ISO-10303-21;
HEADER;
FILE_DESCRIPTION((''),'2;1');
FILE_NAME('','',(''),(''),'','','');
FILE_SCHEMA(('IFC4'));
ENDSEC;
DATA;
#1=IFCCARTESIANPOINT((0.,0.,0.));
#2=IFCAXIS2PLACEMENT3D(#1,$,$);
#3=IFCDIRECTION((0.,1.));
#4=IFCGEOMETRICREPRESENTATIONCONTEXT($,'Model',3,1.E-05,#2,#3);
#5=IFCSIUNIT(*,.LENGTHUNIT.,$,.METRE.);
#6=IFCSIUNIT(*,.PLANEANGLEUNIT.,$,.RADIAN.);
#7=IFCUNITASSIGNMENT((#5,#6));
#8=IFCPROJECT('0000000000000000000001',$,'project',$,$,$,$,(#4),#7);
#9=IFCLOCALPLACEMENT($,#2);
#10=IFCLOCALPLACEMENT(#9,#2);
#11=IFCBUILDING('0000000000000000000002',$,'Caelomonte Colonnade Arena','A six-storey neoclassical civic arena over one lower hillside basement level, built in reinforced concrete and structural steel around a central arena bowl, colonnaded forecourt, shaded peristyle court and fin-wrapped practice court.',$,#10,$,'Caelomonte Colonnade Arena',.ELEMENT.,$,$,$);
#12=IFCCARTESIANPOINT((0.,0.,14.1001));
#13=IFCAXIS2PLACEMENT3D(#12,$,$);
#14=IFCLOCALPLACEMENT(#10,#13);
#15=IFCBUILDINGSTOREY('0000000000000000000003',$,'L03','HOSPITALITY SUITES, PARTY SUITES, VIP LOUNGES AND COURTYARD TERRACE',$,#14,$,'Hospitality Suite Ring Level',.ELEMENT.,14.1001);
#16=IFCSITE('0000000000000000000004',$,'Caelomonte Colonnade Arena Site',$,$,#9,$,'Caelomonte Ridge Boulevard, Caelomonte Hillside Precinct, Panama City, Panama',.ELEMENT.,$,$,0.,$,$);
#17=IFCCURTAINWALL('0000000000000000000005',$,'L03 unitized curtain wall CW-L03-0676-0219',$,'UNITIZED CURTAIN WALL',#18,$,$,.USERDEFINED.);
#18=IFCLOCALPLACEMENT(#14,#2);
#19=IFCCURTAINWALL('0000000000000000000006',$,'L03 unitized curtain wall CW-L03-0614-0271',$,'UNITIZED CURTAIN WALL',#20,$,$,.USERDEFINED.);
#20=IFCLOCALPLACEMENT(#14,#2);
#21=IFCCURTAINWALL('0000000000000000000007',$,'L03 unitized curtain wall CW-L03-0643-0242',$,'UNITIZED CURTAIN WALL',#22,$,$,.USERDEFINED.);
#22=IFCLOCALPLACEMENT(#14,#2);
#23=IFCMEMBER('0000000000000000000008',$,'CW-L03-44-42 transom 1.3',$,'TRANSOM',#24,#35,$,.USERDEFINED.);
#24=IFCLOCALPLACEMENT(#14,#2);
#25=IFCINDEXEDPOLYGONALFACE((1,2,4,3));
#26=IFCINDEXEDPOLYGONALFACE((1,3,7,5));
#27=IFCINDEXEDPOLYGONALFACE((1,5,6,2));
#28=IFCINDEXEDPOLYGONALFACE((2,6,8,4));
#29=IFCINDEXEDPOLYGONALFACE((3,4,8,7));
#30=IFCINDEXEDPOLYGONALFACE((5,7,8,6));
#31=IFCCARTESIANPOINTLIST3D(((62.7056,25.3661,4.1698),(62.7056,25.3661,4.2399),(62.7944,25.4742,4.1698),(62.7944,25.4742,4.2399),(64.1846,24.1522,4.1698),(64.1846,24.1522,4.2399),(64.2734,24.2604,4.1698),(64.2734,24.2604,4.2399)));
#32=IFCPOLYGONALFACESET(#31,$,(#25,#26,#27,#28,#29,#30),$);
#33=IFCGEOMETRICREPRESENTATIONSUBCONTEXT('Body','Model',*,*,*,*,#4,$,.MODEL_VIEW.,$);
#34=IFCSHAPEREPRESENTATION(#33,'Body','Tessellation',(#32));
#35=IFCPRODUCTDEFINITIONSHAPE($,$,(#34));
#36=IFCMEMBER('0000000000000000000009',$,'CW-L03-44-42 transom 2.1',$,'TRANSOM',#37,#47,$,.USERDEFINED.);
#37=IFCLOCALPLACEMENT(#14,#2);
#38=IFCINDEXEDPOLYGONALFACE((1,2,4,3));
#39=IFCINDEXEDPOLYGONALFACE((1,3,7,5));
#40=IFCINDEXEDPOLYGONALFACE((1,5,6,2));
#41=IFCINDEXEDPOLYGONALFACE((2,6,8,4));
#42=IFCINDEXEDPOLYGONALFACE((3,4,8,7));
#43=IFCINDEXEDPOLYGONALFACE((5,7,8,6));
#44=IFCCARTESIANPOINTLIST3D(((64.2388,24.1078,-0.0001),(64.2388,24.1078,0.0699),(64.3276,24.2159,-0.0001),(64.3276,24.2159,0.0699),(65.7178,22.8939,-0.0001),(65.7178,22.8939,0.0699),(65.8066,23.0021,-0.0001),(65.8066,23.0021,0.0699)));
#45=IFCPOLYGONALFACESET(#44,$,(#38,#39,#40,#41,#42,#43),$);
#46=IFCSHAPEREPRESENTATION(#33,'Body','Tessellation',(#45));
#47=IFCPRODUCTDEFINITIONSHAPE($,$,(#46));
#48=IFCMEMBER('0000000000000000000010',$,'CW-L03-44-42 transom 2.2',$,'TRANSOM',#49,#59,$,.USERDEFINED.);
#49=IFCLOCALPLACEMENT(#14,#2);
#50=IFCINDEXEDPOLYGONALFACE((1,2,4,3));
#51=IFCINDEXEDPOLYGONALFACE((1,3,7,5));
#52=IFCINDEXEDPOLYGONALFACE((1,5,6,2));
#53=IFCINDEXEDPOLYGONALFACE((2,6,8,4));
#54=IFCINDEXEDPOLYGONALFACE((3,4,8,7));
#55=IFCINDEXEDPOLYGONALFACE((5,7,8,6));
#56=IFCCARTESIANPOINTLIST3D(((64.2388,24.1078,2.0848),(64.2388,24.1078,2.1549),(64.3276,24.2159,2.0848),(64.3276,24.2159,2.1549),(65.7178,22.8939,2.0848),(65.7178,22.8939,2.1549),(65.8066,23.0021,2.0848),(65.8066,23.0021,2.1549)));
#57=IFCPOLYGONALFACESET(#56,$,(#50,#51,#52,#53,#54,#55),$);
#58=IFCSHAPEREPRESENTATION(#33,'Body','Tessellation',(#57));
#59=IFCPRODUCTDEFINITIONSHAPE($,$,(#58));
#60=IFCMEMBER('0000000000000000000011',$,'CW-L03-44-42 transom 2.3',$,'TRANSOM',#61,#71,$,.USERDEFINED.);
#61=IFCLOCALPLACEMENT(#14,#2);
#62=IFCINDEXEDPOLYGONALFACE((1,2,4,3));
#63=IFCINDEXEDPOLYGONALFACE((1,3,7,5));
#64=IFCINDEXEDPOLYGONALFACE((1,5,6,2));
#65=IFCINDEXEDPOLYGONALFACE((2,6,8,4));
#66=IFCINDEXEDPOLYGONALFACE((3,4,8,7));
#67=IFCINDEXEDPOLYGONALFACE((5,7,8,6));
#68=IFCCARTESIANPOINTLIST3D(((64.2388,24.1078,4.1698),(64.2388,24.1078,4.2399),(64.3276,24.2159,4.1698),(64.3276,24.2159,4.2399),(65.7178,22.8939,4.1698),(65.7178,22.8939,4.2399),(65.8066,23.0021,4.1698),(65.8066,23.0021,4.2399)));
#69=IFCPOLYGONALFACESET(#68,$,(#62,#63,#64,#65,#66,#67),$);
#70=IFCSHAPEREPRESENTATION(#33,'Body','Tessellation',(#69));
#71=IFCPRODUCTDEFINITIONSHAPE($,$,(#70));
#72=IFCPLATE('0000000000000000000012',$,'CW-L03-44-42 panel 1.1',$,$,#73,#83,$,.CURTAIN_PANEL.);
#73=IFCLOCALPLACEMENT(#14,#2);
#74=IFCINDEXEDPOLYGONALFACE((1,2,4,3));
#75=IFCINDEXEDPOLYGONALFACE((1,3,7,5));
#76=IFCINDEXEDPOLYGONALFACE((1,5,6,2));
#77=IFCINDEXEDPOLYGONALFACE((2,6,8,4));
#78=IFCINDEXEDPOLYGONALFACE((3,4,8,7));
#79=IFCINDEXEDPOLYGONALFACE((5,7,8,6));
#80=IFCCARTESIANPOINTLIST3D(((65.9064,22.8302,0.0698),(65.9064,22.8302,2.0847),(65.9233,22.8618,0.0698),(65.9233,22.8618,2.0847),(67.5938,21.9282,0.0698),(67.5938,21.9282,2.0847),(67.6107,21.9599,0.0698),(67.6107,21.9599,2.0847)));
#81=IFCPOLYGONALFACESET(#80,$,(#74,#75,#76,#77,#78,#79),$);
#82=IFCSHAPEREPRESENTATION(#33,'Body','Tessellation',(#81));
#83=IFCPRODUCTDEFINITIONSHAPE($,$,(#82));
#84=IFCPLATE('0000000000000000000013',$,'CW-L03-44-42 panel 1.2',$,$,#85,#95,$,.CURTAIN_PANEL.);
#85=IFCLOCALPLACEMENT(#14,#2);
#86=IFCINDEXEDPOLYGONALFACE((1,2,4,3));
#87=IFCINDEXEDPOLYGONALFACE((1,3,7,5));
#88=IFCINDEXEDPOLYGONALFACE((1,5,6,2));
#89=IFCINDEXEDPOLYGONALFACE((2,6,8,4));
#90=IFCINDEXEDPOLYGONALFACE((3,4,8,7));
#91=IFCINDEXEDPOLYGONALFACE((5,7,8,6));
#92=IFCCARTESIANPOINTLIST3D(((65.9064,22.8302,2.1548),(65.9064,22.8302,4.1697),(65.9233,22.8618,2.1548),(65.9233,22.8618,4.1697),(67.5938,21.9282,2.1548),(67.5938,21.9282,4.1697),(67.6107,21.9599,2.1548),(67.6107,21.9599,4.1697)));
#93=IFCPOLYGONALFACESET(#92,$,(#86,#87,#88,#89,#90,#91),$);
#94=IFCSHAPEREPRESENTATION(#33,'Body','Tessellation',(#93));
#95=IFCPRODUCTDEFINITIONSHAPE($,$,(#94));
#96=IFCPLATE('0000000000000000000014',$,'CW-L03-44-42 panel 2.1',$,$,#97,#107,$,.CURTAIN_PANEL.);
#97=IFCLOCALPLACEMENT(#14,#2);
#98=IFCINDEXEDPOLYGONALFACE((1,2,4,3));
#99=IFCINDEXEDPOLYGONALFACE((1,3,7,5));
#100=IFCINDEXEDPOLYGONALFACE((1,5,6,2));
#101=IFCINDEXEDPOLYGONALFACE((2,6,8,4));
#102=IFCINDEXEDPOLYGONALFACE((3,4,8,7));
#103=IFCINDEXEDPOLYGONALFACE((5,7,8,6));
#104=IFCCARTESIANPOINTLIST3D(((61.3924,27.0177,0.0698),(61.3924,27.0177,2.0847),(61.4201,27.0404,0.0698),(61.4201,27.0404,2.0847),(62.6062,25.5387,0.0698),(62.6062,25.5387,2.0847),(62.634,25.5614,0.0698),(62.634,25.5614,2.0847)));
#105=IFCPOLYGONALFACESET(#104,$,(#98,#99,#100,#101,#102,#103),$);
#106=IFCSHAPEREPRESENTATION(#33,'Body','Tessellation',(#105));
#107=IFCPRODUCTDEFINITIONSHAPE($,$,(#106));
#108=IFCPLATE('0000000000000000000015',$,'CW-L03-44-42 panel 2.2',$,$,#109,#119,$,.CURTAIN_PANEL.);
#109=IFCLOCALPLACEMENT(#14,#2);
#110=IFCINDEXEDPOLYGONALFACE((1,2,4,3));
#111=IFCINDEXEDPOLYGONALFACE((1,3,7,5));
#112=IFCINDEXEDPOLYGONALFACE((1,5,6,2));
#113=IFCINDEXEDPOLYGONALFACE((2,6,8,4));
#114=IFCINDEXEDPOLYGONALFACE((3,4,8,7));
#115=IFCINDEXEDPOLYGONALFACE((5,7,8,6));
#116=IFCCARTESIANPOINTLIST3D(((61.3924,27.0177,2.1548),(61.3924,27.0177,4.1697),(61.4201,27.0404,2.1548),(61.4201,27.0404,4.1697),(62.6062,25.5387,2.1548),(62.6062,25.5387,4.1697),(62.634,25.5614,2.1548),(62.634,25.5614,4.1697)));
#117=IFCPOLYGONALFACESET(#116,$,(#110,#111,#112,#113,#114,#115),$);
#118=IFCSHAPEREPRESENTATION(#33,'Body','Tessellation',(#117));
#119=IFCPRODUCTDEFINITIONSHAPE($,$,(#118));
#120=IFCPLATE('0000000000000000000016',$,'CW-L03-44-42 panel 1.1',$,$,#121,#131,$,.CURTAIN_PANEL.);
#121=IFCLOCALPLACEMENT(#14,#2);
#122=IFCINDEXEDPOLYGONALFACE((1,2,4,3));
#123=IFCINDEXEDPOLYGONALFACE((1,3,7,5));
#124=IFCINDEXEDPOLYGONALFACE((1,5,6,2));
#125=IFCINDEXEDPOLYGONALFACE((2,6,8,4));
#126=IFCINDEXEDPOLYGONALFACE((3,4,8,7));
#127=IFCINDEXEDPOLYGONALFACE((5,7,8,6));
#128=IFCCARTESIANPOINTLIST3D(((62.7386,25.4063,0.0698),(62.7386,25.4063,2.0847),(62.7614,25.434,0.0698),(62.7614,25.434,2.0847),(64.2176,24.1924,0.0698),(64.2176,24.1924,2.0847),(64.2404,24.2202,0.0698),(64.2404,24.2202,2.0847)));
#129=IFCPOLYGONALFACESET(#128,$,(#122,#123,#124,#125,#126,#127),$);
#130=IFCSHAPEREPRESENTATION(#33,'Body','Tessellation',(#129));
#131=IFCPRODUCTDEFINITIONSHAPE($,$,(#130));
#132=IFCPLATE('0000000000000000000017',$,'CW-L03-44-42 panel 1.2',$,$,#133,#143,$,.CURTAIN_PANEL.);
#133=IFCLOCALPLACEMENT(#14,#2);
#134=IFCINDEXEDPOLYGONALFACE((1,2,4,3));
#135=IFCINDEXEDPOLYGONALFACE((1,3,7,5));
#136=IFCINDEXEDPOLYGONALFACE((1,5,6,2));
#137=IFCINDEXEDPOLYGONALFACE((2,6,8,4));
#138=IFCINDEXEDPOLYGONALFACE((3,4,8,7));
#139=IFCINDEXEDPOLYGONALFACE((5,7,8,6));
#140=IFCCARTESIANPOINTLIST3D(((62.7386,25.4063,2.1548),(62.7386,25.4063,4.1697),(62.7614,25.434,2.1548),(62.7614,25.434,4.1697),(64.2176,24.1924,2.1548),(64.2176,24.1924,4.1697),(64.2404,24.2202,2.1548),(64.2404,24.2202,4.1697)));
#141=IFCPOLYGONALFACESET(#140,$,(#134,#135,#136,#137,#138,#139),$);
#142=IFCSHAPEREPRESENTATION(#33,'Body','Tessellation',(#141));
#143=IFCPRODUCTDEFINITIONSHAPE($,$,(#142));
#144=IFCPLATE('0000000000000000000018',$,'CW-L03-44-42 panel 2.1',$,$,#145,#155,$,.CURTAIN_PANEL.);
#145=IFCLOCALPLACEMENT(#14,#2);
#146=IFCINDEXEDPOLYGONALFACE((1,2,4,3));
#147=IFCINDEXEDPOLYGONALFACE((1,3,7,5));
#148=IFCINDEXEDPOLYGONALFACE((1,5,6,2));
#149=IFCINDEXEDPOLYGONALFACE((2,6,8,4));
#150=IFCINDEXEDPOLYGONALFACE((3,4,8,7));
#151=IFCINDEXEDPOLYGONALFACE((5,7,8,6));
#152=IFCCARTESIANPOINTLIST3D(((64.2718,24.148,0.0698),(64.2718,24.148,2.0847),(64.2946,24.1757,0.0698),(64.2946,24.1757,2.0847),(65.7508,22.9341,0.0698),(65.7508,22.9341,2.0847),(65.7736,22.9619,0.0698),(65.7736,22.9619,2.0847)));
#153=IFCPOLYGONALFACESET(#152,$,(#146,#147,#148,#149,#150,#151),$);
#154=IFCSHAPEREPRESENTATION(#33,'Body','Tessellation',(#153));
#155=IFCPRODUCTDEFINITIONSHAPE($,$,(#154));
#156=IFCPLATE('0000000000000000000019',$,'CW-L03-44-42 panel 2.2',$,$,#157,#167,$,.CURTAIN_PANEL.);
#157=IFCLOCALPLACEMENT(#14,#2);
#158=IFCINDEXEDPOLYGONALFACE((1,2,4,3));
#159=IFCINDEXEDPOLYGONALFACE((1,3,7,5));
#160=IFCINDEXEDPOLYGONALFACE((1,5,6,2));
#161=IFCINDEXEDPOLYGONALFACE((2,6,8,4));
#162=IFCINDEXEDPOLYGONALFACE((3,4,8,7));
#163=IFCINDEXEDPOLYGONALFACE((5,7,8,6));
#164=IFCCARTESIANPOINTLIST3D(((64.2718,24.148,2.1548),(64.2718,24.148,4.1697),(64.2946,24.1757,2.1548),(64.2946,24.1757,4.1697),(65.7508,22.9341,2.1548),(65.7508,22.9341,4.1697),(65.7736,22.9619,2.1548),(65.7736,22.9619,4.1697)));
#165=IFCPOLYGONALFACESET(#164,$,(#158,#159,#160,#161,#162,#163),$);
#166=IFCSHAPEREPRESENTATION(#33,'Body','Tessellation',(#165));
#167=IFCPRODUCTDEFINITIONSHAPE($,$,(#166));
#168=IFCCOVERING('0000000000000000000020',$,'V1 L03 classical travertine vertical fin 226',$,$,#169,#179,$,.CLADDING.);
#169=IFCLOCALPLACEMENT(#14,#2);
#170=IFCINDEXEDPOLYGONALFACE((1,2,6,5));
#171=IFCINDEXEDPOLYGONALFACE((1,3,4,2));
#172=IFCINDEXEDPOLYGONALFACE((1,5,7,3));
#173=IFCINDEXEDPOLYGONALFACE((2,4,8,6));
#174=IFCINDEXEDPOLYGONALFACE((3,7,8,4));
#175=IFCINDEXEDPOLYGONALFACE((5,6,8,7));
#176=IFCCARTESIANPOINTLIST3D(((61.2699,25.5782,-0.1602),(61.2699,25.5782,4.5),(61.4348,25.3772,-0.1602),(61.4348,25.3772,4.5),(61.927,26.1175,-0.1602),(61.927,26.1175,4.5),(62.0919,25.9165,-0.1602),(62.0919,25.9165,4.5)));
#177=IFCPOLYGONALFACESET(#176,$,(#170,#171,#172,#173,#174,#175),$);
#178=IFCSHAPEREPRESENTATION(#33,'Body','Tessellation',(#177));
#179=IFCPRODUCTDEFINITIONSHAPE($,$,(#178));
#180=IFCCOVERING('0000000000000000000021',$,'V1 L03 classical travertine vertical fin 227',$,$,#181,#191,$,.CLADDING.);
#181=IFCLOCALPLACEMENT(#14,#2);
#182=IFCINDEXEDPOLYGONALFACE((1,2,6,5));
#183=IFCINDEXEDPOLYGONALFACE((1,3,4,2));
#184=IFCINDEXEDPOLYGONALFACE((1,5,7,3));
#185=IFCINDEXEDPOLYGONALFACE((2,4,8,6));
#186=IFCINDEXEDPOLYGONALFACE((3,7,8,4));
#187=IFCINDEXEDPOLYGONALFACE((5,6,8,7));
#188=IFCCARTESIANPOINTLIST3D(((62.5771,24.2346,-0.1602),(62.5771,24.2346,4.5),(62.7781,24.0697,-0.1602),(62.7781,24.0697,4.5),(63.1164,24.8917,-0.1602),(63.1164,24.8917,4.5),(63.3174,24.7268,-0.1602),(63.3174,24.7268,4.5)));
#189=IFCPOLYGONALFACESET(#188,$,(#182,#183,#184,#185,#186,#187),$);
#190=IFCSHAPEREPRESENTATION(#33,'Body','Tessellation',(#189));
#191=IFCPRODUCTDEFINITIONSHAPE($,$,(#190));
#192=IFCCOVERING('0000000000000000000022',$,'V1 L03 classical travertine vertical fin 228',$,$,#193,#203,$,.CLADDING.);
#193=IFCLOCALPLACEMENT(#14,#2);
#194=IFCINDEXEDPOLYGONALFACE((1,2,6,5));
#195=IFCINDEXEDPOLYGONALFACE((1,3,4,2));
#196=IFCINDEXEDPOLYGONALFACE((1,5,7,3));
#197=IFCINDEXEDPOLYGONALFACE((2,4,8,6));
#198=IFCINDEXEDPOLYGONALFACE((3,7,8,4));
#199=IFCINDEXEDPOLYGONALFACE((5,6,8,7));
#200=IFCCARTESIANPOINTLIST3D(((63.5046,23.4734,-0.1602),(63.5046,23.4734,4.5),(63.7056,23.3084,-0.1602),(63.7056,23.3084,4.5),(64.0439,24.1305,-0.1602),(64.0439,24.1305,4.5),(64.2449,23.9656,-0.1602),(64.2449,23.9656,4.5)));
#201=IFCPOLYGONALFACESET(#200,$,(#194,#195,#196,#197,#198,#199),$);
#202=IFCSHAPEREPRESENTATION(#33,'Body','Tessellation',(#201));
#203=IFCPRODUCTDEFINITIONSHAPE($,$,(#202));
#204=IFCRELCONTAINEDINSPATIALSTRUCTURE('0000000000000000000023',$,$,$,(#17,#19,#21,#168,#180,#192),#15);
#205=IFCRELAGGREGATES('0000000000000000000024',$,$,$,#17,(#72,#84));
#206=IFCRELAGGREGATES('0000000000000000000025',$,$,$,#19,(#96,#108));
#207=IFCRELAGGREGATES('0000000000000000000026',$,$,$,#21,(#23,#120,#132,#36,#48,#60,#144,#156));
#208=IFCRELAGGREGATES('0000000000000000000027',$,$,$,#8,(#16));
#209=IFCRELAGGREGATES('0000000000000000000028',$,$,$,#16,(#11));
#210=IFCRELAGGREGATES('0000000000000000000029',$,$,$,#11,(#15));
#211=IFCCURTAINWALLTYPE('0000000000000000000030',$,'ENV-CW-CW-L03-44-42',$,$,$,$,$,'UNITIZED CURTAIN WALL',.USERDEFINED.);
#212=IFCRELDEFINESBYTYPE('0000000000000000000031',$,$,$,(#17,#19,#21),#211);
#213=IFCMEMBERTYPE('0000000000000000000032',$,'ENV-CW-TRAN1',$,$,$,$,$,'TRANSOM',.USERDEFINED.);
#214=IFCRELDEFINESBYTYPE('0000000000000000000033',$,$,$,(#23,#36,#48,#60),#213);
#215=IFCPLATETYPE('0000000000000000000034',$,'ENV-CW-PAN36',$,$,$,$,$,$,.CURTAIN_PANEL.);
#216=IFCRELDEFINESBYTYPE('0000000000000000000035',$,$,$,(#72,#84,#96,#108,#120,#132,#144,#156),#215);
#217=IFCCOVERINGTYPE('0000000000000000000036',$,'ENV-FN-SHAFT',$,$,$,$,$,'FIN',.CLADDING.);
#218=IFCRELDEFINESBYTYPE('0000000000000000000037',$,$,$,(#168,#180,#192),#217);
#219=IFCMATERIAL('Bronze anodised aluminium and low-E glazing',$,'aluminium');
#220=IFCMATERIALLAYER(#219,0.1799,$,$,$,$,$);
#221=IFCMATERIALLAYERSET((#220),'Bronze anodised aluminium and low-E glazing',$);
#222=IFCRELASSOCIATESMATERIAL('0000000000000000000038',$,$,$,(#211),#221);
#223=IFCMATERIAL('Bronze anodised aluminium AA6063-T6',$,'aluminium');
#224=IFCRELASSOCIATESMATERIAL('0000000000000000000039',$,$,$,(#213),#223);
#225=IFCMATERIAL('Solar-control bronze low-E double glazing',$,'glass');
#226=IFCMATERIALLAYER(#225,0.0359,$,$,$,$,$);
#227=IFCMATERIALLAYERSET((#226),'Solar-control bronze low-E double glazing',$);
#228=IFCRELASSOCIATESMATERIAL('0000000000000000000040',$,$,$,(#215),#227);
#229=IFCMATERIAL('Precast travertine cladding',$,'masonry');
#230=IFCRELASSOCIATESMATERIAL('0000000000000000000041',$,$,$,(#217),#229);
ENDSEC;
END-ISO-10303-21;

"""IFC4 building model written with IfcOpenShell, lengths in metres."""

from ifc_helpers import new_model, si_unit, direction, frame, origin, origin_2d, place, context, subcontext, project, spatial, rectangle, extrude, material, layer, layer_set, material_profile, profile_set, type_object, element, aggregate, save


model = new_model("IFC4")

# Units and contexts
model_context = context("Model", 3, precision=1e-05, world=origin(), true_north=direction((0.0, 1.0)))
body_context = subcontext(model_context, "Body", "Model", "MODEL_VIEW")
ifc_project = project(units=[si_unit("LENGTHUNIT", "METRE"), si_unit("PLANEANGLEUNIT", "RADIAN")], contexts=[model_context])

# Site, building, storey
site_placement = place(None, origin())
site = spatial("IfcSite", under=ifc_project, at=site_placement, Name="Caelomonte Colonnade Arena Site", LongName="Caelomonte Ridge Boulevard, Caelomonte Hillside Precinct, Panama City, Panama", CompositionType="ELEMENT", RefElevation=0.0)
building_placement = place(site_placement, origin())
building = spatial("IfcBuilding", under=site, at=building_placement, Name="Caelomonte Colonnade Arena", Description="A six-storey neoclassical civic arena over one lower hillside basement level, built in reinforced concrete and structural steel around a central arena bowl, colonnaded forecourt, shaded peristyle court and fin-wrapped practice court.", LongName="Caelomonte Colonnade Arena", CompositionType="ELEMENT")
storey_placement = place(building_placement, frame((0.0, 0.0, 14.1001)))
storey = spatial("IfcBuildingStorey", under=building, at=storey_placement, Name="L03", Description="HOSPITALITY SUITES, PARTY SUITES, VIP LOUNGES AND COURTYARD TERRACE", LongName="Hospitality Suite Ring Level", CompositionType="ELEMENT", Elevation=14.1001)

# Curtain wall
ifc_material_1 = material(Name="Bronze anodised aluminium and low-E glazing", Category="aluminium")
ifc_layer_1 = layer(ifc_material_1, 0.1799)
ifc_layer_set_1 = layer_set([ifc_layer_1], Name="Bronze anodised aluminium and low-E glazing")
curtain_wall_type = type_object("IfcCurtainWallType", Name="ENV-CW-CW-L03-44-42", ElementType="UNITIZED CURTAIN WALL", PredefinedType="USERDEFINED", material=ifc_layer_set_1)
curtain_wall_1_placement = place(storey_placement, origin())
curtain_wall_1 = element("IfcCurtainWall", 1, at=curtain_wall_1_placement, inside=storey, type_object=curtain_wall_type, Name="L03 unitized curtain wall CW-L03-0676-0219", ObjectType="UNITIZED CURTAIN WALL", PredefinedType="USERDEFINED")
ifc_material_2 = material(Name="Bronze anodised aluminium AA6063-T6", Category="aluminium")

# Curtain wall
curtain_wall_2_placement = place(storey_placement, origin())
curtain_wall_2 = element("IfcCurtainWall", 2, at=curtain_wall_2_placement, inside=storey, type_object=curtain_wall_type, Name="L03 unitized curtain wall CW-L03-0614-0271", ObjectType="UNITIZED CURTAIN WALL", PredefinedType="USERDEFINED")

# Curtain wall
curtain_wall_3_placement = place(storey_placement, origin())
curtain_wall_3 = element("IfcCurtainWall", 3, at=curtain_wall_3_placement, inside=storey, type_object=curtain_wall_type, Name="L03 unitized curtain wall CW-L03-0643-0242", ObjectType="UNITIZED CURTAIN WALL", PredefinedType="USERDEFINED")

# Members
ifc_material_profile_1 = material_profile(ifc_material_2, rectangle(XDim=0.0701, YDim=0.1399, at=origin_2d()), Name="CWT-70X140")
ifc_profile_set_1 = profile_set([ifc_material_profile_1], Name="Bronze anodised aluminium AA6063-T6")
member_type_1 = type_object("IfcMemberType", Name="ENV-CW-TRAN1", ElementType="TRANSOM", PredefinedType="USERDEFINED", material=ifc_profile_set_1)
member_1_placement = place(storey_placement, frame((62.75, 25.4202, 4.2048), z_axis=(0.77299, -0.634418, 0.0), x_axis=(0.0, 0.0, 1.0)))
member_1 = element("IfcMember", 4, at=member_1_placement, type_object=member_type_1, Name="CW-L03-44-42 transom 1.3", ObjectType="TRANSOM", PredefinedType="USERDEFINED", context=body_context, shape_type="SweptSolid", body=[
    extrude(rectangle(XDim=0.0701, YDim=0.1399, at=origin_2d()), origin(), (0.0, 0.0, 1.0), 1.9133),
])
member_2_placement = place(storey_placement, frame((64.2832, 24.1619, 0.0349), z_axis=(0.77299, -0.634418, 0.0), x_axis=(0.0, 0.0, 1.0)))
member_2 = element("IfcMember", 5, at=member_2_placement, type_object=member_type_1, Name="CW-L03-44-42 transom 2.1", ObjectType="TRANSOM", PredefinedType="USERDEFINED", context=body_context, shape_type="SweptSolid", body=[
    extrude(rectangle(XDim=0.0701, YDim=0.1399, at=origin_2d()), origin(), (0.0, 0.0, 1.0), 1.9133),
])
member_3_placement = place(storey_placement, frame((64.2832, 24.1619, 2.1199), z_axis=(0.77299, -0.634418, 0.0), x_axis=(0.0, 0.0, 1.0)))
member_3 = element("IfcMember", 6, at=member_3_placement, type_object=member_type_1, Name="CW-L03-44-42 transom 2.2", ObjectType="TRANSOM", PredefinedType="USERDEFINED", context=body_context, shape_type="SweptSolid", body=[
    extrude(rectangle(XDim=0.0701, YDim=0.1399, at=origin_2d()), origin(), (0.0, 0.0, 1.0), 1.9133),
])
member_4_placement = place(storey_placement, frame((64.2832, 24.1619, 4.2048), z_axis=(0.77299, -0.634418, 0.0), x_axis=(0.0, 0.0, 1.0)))
member_4 = element("IfcMember", 7, at=member_4_placement, type_object=member_type_1, Name="CW-L03-44-42 transom 2.3", ObjectType="TRANSOM", PredefinedType="USERDEFINED", context=body_context, shape_type="SweptSolid", body=[
    extrude(rectangle(XDim=0.0701, YDim=0.1399, at=origin_2d()), origin(), (0.0, 0.0, 1.0), 1.9133),
])

# Plates
ifc_material_3 = material(Name="Solar-control bronze low-E double glazing", Category="glass")
ifc_layer_2 = layer(ifc_material_3, 0.0359)
ifc_layer_set_2 = layer_set([ifc_layer_2], Name="Solar-control bronze low-E double glazing")
plate_type = type_object("IfcPlateType", Name="ENV-CW-PAN36", PredefinedType="CURTAIN_PANEL", material=ifc_layer_set_2)
plate_1_placement = place(storey_placement, frame((66.7585, 22.395, 0.0698), z_axis=(0.0, 0.0, 1.0), x_axis=(0.881923, -0.471394, 0.0)))
plate_1 = element("IfcPlate", 8, at=plate_1_placement, type_object=plate_type, Name="CW-L03-44-42 panel 1.1", PredefinedType="CURTAIN_PANEL", context=body_context, shape_type="SweptSolid", body=[
    extrude(rectangle(XDim=1.9133, YDim=0.0359, at=origin_2d()), origin(), (0.0, 0.0, 1.0), 2.0149),
])
plate_2_placement = place(storey_placement, frame((66.7585, 22.395, 2.1548), z_axis=(0.0, 0.0, 1.0), x_axis=(0.881923, -0.471394, 0.0)))
plate_2 = element("IfcPlate", 9, at=plate_2_placement, type_object=plate_type, Name="CW-L03-44-42 panel 1.2", PredefinedType="CURTAIN_PANEL", context=body_context, shape_type="SweptSolid", body=[
    extrude(rectangle(XDim=1.9133, YDim=0.0359, at=origin_2d()), origin(), (0.0, 0.0, 1.0), 2.0149),
])
aggregate(curtain_wall_1, [plate_1, plate_2])
plate_3_placement = place(storey_placement, frame((62.0132, 26.2896, 0.0698), z_axis=(0.0, 0.0, 1.0), x_axis=(0.634416, -0.772992, 0.0)))
plate_3 = element("IfcPlate", 10, at=plate_3_placement, type_object=plate_type, Name="CW-L03-44-42 panel 2.1", PredefinedType="CURTAIN_PANEL", context=body_context, shape_type="SweptSolid", body=[
    extrude(rectangle(XDim=1.9133, YDim=0.0359, at=origin_2d()), origin(), (0.0, 0.0, 1.0), 2.0149),
])
plate_4_placement = place(storey_placement, frame((62.0132, 26.2896, 2.1548), z_axis=(0.0, 0.0, 1.0), x_axis=(0.634416, -0.772992, 0.0)))
plate_4 = element("IfcPlate", 11, at=plate_4_placement, type_object=plate_type, Name="CW-L03-44-42 panel 2.2", PredefinedType="CURTAIN_PANEL", context=body_context, shape_type="SweptSolid", body=[
    extrude(rectangle(XDim=1.9133, YDim=0.0359, at=origin_2d()), origin(), (0.0, 0.0, 1.0), 2.0149),
])
aggregate(curtain_wall_2, [plate_3, plate_4])
plate_5_placement = place(storey_placement, frame((63.4895, 24.8132, 0.0698), z_axis=(0.0, 0.0, 1.0), x_axis=(0.772992, -0.634416, 0.0)))
plate_5 = element("IfcPlate", 12, at=plate_5_placement, type_object=plate_type, Name="CW-L03-44-42 panel 1.1", PredefinedType="CURTAIN_PANEL", context=body_context, shape_type="SweptSolid", body=[
    extrude(rectangle(XDim=1.9133, YDim=0.0359, at=origin_2d()), origin(), (0.0, 0.0, 1.0), 2.0149),
])
plate_6_placement = place(storey_placement, frame((63.4895, 24.8132, 2.1548), z_axis=(0.0, 0.0, 1.0), x_axis=(0.772992, -0.634416, 0.0)))
plate_6 = element("IfcPlate", 13, at=plate_6_placement, type_object=plate_type, Name="CW-L03-44-42 panel 1.2", PredefinedType="CURTAIN_PANEL", context=body_context, shape_type="SweptSolid", body=[
    extrude(rectangle(XDim=1.9133, YDim=0.0359, at=origin_2d()), origin(), (0.0, 0.0, 1.0), 2.0149),
])
plate_7_placement = place(storey_placement, frame((65.0227, 23.5549, 0.0698), z_axis=(0.0, 0.0, 1.0), x_axis=(0.772992, -0.634416, 0.0)))
plate_7 = element("IfcPlate", 14, at=plate_7_placement, type_object=plate_type, Name="CW-L03-44-42 panel 2.1", PredefinedType="CURTAIN_PANEL", context=body_context, shape_type="SweptSolid", body=[
    extrude(rectangle(XDim=1.9133, YDim=0.0359, at=origin_2d()), origin(), (0.0, 0.0, 1.0), 2.0149),
])
plate_8_placement = place(storey_placement, frame((65.0227, 23.5549, 2.1548), z_axis=(0.0, 0.0, 1.0), x_axis=(0.772992, -0.634416, 0.0)))
plate_8 = element("IfcPlate", 15, at=plate_8_placement, type_object=plate_type, Name="CW-L03-44-42 panel 2.2", PredefinedType="CURTAIN_PANEL", context=body_context, shape_type="SweptSolid", body=[
    extrude(rectangle(XDim=1.9133, YDim=0.0359, at=origin_2d()), origin(), (0.0, 0.0, 1.0), 2.0149),
])
aggregate(curtain_wall_3, [member_1, plate_5, plate_6, member_2, member_3, member_4, plate_7, plate_8])

# Coverings
ifc_material_4 = material(Name="Precast travertine cladding", Category="masonry")
ifc_material_profile_2 = material_profile(ifc_material_4, rectangle(XDim=0.26, YDim=0.8501, at=origin_2d()), Name="FIN260X850")
ifc_profile_set_2 = profile_set([ifc_material_profile_2], Name="Precast travertine cladding")
covering_type = type_object("IfcCoveringType", Name="ENV-FN-SHAFT", ElementType="FIN", PredefinedType="CLADDING", material=ifc_profile_set_2)
for number, where, z_axis, x_axis, name in (
    (16, (61.6809, 25.7473, -0.1602), (0.0, 0.0, 1.0), (-0.634414, 0.772994, 0.0), "V1 L03 classical travertine vertical fin 226"),
    (17, (62.9473, 24.4807, -0.1602), (0.0, 0.0, 1.0), (-0.772994, 0.634414, 0.0), "V1 L03 classical travertine vertical fin 227"),
    (18, (63.8748, 23.7195, -0.1602), (0.0, 0.0, 1.0), (-0.772994, 0.634414, 0.0), "V1 L03 classical travertine vertical fin 228"),
):
    element("IfcCovering", number, at=place(storey_placement, frame(where, z_axis=z_axis, x_axis=x_axis)), inside=storey, type_object=covering_type, Name=name, PredefinedType="CLADDING", context=body_context, shape_type="SweptSolid", body=[
        extrude(rectangle(XDim=0.26, YDim=0.8501, at=origin_2d()), origin(), (0.0, 0.0, 1.0), 4.6602),
    ])

save(model, "model.ifc")
